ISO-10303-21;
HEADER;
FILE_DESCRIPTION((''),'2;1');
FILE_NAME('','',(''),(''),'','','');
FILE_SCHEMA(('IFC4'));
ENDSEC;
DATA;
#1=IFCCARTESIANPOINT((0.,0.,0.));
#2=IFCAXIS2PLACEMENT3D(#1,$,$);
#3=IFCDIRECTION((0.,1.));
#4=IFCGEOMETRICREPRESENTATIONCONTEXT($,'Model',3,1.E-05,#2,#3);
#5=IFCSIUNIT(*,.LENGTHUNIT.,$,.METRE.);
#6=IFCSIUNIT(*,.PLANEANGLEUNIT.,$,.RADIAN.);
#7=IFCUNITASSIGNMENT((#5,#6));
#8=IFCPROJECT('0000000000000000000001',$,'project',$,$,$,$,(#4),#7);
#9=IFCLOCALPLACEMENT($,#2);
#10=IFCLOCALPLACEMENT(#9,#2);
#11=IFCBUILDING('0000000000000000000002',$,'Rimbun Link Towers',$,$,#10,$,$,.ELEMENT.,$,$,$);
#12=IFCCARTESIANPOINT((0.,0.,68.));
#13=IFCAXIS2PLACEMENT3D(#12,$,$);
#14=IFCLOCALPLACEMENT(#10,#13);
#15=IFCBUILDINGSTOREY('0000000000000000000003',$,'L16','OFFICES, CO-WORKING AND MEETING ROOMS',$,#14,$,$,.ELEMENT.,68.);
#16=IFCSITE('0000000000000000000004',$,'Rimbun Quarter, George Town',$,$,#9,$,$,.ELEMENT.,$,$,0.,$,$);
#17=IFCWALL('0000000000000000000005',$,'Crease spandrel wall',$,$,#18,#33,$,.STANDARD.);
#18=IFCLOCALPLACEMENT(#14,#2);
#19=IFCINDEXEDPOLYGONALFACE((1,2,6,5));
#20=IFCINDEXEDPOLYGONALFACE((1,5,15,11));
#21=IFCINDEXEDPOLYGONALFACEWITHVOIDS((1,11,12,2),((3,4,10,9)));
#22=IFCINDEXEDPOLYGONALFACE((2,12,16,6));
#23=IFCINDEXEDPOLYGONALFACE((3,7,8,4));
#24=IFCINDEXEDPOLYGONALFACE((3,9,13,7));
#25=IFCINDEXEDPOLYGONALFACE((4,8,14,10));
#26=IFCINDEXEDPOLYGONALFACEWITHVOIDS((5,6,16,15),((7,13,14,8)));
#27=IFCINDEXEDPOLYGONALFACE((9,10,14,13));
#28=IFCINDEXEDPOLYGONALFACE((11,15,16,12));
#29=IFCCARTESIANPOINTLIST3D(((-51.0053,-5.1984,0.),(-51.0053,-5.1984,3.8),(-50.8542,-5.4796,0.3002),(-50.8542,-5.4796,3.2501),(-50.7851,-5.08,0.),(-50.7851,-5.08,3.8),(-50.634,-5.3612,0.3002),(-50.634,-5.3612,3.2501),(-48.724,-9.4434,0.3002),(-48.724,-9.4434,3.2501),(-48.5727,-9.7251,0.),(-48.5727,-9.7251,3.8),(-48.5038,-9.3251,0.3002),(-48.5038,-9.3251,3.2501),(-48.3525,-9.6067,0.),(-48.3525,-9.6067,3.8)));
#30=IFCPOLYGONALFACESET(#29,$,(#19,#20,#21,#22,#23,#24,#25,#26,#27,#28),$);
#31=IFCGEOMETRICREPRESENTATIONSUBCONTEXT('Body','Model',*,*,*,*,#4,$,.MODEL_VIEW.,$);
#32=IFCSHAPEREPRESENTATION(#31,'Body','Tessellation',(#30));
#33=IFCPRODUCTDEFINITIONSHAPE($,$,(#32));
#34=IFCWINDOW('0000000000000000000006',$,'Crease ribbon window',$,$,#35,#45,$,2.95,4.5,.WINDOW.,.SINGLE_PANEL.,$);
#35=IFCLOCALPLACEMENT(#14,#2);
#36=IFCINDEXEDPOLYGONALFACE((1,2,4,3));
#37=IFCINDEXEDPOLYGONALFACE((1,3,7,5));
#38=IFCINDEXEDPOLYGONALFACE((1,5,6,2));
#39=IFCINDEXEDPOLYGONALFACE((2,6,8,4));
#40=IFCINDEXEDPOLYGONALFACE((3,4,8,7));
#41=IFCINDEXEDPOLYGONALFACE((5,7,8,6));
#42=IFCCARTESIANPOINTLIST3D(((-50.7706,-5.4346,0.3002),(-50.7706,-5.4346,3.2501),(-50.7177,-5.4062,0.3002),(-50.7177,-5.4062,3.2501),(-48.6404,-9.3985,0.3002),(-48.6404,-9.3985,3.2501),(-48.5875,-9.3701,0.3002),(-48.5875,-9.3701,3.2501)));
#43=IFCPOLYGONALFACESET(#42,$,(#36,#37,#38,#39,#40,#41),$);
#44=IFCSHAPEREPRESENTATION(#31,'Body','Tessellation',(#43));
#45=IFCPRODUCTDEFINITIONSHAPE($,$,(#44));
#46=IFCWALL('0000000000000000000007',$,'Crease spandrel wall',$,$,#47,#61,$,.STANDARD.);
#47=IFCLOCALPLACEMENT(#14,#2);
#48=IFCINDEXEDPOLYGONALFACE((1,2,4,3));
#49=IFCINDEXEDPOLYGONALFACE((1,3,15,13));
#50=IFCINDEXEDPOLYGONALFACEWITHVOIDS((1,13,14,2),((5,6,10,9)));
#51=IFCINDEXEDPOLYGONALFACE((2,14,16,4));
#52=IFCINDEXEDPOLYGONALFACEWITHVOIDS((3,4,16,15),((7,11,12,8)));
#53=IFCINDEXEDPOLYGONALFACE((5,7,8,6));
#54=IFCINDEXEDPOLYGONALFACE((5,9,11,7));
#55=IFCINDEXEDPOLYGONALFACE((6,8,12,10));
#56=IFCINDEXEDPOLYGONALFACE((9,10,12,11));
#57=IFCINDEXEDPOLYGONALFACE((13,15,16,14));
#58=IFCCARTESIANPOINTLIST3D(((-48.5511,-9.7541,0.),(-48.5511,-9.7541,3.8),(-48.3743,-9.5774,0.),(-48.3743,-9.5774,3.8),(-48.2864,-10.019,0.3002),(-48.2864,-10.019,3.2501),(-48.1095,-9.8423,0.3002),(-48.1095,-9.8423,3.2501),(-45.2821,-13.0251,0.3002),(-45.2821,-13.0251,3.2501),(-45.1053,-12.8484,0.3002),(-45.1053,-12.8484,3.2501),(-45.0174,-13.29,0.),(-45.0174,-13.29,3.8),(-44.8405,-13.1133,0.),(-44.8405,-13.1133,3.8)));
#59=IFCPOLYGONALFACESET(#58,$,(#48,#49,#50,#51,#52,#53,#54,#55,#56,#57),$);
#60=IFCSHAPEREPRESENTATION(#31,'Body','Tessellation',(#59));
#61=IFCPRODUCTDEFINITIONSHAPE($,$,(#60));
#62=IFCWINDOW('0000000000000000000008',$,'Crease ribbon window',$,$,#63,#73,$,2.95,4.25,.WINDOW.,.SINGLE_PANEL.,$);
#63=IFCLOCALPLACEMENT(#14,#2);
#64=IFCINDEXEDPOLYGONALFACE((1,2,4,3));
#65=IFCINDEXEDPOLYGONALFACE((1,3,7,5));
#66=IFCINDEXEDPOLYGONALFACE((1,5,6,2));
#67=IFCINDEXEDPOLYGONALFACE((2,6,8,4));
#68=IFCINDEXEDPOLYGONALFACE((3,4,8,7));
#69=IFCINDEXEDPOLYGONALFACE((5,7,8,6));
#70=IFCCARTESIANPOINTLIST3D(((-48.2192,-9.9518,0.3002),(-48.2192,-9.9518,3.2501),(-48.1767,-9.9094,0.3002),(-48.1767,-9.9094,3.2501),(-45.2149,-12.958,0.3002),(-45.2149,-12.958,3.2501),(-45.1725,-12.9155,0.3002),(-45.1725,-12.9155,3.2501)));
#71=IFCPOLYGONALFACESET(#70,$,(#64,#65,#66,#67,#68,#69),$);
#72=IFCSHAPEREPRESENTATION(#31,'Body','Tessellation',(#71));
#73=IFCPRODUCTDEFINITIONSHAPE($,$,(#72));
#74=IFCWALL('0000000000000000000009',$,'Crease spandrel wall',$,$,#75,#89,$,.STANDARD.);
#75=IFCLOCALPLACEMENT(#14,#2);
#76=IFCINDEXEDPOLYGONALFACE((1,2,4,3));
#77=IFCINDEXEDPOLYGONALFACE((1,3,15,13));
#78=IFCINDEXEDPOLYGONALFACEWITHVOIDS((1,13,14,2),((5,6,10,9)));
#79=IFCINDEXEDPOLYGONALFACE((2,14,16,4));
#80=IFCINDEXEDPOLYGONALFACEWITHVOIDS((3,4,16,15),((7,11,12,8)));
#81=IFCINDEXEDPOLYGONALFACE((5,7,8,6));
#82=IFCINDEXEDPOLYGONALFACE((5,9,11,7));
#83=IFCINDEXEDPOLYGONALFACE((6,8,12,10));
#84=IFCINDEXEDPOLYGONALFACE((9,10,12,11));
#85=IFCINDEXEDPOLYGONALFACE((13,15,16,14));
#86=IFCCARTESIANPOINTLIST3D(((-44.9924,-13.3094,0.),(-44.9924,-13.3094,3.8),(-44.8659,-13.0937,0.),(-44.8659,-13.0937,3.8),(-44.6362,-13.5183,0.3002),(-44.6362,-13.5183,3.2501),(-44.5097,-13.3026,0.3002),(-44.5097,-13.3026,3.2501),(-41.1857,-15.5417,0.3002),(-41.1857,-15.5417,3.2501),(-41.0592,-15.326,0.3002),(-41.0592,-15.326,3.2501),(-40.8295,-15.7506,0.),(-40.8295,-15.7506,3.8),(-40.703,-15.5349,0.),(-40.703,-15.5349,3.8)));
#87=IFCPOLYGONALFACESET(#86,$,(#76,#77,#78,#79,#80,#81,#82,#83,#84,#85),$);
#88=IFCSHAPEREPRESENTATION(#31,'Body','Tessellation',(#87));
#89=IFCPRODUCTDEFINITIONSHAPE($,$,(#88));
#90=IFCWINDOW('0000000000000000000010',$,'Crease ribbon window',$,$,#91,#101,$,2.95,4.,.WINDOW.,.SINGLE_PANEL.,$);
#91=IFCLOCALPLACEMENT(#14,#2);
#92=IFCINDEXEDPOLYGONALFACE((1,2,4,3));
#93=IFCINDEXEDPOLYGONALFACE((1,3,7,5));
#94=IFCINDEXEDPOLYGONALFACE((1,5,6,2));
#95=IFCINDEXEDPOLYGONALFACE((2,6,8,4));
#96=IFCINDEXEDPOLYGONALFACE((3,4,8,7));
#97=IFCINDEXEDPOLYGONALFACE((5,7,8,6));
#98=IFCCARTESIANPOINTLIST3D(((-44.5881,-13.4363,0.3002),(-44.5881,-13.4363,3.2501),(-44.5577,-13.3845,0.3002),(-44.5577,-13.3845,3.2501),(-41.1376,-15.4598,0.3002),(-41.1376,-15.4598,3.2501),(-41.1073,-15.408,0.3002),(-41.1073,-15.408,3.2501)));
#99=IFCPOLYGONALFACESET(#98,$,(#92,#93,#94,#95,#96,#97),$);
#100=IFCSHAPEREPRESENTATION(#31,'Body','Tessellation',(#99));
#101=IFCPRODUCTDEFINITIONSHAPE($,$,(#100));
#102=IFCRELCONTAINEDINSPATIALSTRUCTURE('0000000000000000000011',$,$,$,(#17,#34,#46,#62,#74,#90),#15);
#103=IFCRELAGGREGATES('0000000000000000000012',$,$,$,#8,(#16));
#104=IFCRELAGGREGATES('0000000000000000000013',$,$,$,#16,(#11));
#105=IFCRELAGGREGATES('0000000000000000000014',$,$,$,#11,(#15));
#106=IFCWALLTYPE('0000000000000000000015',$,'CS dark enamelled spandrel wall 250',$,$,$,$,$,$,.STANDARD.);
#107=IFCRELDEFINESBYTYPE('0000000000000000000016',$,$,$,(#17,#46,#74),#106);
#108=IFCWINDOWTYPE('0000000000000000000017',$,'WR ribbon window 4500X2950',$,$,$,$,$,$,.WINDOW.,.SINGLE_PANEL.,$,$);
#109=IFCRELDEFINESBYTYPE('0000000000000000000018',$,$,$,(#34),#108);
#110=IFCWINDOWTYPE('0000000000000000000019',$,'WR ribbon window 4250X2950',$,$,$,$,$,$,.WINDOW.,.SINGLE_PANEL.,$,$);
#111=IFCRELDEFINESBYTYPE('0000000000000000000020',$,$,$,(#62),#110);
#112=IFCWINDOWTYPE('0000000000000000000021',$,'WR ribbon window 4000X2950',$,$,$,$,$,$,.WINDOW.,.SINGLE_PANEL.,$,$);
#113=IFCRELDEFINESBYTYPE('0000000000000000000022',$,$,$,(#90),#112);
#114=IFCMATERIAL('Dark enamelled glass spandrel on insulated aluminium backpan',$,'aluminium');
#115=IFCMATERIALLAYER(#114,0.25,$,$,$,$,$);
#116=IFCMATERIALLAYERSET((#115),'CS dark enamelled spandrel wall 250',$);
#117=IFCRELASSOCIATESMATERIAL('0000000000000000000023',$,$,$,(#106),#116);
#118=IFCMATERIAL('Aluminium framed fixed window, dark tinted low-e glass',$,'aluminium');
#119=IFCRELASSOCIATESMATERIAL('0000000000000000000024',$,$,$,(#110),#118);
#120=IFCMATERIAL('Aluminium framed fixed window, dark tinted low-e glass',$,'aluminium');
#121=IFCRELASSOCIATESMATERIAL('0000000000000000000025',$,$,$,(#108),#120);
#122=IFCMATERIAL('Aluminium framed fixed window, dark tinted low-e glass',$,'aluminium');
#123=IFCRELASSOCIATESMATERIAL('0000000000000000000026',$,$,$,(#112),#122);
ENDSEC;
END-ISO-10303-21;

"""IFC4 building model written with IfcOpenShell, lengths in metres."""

from ifc_helpers import new_model, si_unit, direction, frame, frame_2d, origin, place, context, subcontext, project, spatial, rectangle, extrude, material, layer, layer_set, type_object, element, fill, save


model = new_model("IFC4")

# Units and contexts
model_context = context("Model", 3, precision=1e-05, world=origin(), true_north=direction((0.0, 1.0)))
body_context = subcontext(model_context, "Body", "Model", "MODEL_VIEW")
ifc_project = project(units=[si_unit("LENGTHUNIT", "METRE"), si_unit("PLANEANGLEUNIT", "RADIAN")], contexts=[model_context])

# Site, building, storey
site_placement = place(None, origin())
site = spatial("IfcSite", under=ifc_project, at=site_placement, Name="Rimbun Quarter, George Town", CompositionType="ELEMENT", RefElevation=0.0)
building_placement = place(site_placement, origin())
building = spatial("IfcBuilding", under=site, at=building_placement, Name="Rimbun Link Towers", CompositionType="ELEMENT")
storey_placement = place(building_placement, frame((0.0, 0.0, 68.0)))
storey = spatial("IfcBuildingStorey", under=building, at=storey_placement, Name="L16", Description="OFFICES, CO-WORKING AND MEETING ROOMS", CompositionType="ELEMENT", Elevation=68.0)

# Walls, openings, windows
ifc_material_1 = material(Name="Dark enamelled glass spandrel on insulated aluminium backpan", Category="aluminium")
ifc_layer_1 = layer(ifc_material_1, 0.25)
ifc_layer_set_1 = layer_set([ifc_layer_1], Name="CS dark enamelled spandrel wall 250")
wall_type_1 = type_object("IfcWallType", Name="CS dark enamelled spandrel wall 250", PredefinedType="STANDARD", material=ifc_layer_set_1)
ifc_material_2 = material(Name="Aluminium framed fixed window, dark tinted low-e glass", Category="aluminium")
window_type_1 = type_object("IfcWindowType", Name="WR ribbon window 4250X2950", PartitioningType="SINGLE_PANEL", PredefinedType="WINDOW", material=ifc_material_2)
wall_1_placement = place(storey_placement, frame((-48.4626, -9.6658, 0.0), z_axis=(0.0, 0.0, 1.0), x_axis=(-0.473377, 0.88086, 0.0)))
wall_1 = element("IfcWall", 1, at=wall_1_placement, inside=storey, type_object=wall_type_1, Name="Crease spandrel wall", PredefinedType="STANDARD", context=body_context, shape_type="SweptSolid", body=[
    extrude(rectangle(XDim=5.1389, YDim=0.25, at=frame_2d((2.5693, 0.0))), origin(), (0.0, 0.0, 1.0), 3.8),
])
opening_1_placement = place(wall_1_placement, frame((0.3196, 0.0, 0.3)))
opening_1 = element("IfcOpeningElement", 2, at=opening_1_placement, cuts=wall_1, PredefinedType="OPENING", context=body_context, shape_type="SweptSolid", body=[
    extrude(rectangle(XDim=4.5, YDim=2.95, at=frame_2d((2.25, 1.4751))), frame((0.0, 0.135, 0.0), z_axis=(0.0, -1.0, 0.0), x_axis=(1.0, 0.0, 0.0)), (0.0, 0.0, 1.0), 0.27),
])
ifc_material_3 = material(Name="Aluminium framed fixed window, dark tinted low-e glass", Category="aluminium")
window_type_2 = type_object("IfcWindowType", Name="WR ribbon window 4500X2950", PartitioningType="SINGLE_PANEL", PredefinedType="WINDOW", material=ifc_material_3)
window_1_placement = place(opening_1_placement, origin())
window_1 = element("IfcWindow", 3, at=window_1_placement, inside=storey, type_object=window_type_2, Name="Crease ribbon window", OverallHeight=2.95, OverallWidth=4.5, PartitioningType="SINGLE_PANEL", PredefinedType="WINDOW", context=body_context, shape_type="SweptSolid", body=[
    extrude(rectangle(XDim=4.5, YDim=2.95, at=frame_2d((2.25, 1.4751))), frame((0.0, 0.03, 0.0), z_axis=(0.0, -1.0, 0.0), x_axis=(1.0, 0.0, 0.0)), (0.0, 0.0, 1.0), 0.0601),
])
fill(opening_1, window_1)
wall_2_placement = place(storey_placement, frame((-44.929, -13.2017, 0.0), z_axis=(0.0, 0.0, 1.0), x_axis=(-0.706887, 0.707327, 0.0)))
wall_2 = element("IfcWall", 4, at=wall_2_placement, inside=storey, type_object=wall_type_1, Name="Crease spandrel wall", PredefinedType="STANDARD", context=body_context, shape_type="SweptSolid", body=[
    extrude(rectangle(XDim=4.999, YDim=0.25, at=frame_2d((2.4995, 0.0))), origin(), (0.0, 0.0, 1.0), 3.8),
])
opening_2_placement = place(wall_2_placement, frame((0.3745, 0.0, 0.3)))
opening_2 = element("IfcOpeningElement", 5, at=opening_2_placement, cuts=wall_2, PredefinedType="OPENING", context=body_context, shape_type="SweptSolid", body=[
    extrude(rectangle(XDim=4.25, YDim=2.95, at=frame_2d((2.125, 1.4751))), frame((0.0, 0.135, 0.0), z_axis=(0.0, -1.0, 0.0), x_axis=(1.0, 0.0, 0.0)), (0.0, 0.0, 1.0), 0.27),
])
window_2_placement = place(opening_2_placement, origin())
window_2 = element("IfcWindow", 6, at=window_2_placement, inside=storey, type_object=window_type_1, Name="Crease ribbon window", OverallHeight=2.95, OverallWidth=4.25, PartitioningType="SINGLE_PANEL", PredefinedType="WINDOW", context=body_context, shape_type="SweptSolid", body=[
    extrude(rectangle(XDim=4.25, YDim=2.95, at=frame_2d((2.125, 1.4751))), frame((0.0, 0.03, 0.0), z_axis=(0.0, -1.0, 0.0), x_axis=(1.0, 0.0, 0.0)), (0.0, 0.0, 1.0), 0.0601),
])
fill(opening_2, window_2)
wall_3_placement = place(storey_placement, frame((-40.7661, -15.6428, 0.0), z_axis=(0.0, 0.0, 1.0), x_axis=(-0.862619, 0.505855, 0.0)))
wall_3 = element("IfcWall", 7, at=wall_3_placement, inside=storey, type_object=wall_type_1, Name="Crease spandrel wall", PredefinedType="STANDARD", context=body_context, shape_type="SweptSolid", body=[
    extrude(rectangle(XDim=4.8259, YDim=0.25, at=frame_2d((2.4131, 0.0))), origin(), (0.0, 0.0, 1.0), 3.8),
])
opening_3_placement = place(wall_3_placement, frame((0.4131, 0.0, 0.3)))
opening_3 = element("IfcOpeningElement", 8, at=opening_3_placement, cuts=wall_3, PredefinedType="OPENING", context=body_context, shape_type="SweptSolid", body=[
    extrude(rectangle(XDim=4.0, YDim=2.95, at=frame_2d((2.0, 1.4751))), frame((0.0, 0.135, 0.0), z_axis=(0.0, -1.0, 0.0), x_axis=(1.0, 0.0, 0.0)), (0.0, 0.0, 1.0), 0.27),
])
ifc_material_4 = material(Name="Aluminium framed fixed window, dark tinted low-e glass", Category="aluminium")
window_type_3 = type_object("IfcWindowType", Name="WR ribbon window 4000X2950", PartitioningType="SINGLE_PANEL", PredefinedType="WINDOW", material=ifc_material_4)
window_3_placement = place(opening_3_placement, origin())
window_3 = element("IfcWindow", 9, at=window_3_placement, inside=storey, type_object=window_type_3, Name="Crease ribbon window", OverallHeight=2.95, OverallWidth=4.0, PartitioningType="SINGLE_PANEL", PredefinedType="WINDOW", context=body_context, shape_type="SweptSolid", body=[
    extrude(rectangle(XDim=4.0, YDim=2.95, at=frame_2d((2.0, 1.4751))), frame((0.0, 0.03, 0.0), z_axis=(0.0, -1.0, 0.0), x_axis=(1.0, 0.0, 0.0)), (0.0, 0.0, 1.0), 0.0601),
])
fill(opening_3, window_3)

save(model, "model.ifc")
